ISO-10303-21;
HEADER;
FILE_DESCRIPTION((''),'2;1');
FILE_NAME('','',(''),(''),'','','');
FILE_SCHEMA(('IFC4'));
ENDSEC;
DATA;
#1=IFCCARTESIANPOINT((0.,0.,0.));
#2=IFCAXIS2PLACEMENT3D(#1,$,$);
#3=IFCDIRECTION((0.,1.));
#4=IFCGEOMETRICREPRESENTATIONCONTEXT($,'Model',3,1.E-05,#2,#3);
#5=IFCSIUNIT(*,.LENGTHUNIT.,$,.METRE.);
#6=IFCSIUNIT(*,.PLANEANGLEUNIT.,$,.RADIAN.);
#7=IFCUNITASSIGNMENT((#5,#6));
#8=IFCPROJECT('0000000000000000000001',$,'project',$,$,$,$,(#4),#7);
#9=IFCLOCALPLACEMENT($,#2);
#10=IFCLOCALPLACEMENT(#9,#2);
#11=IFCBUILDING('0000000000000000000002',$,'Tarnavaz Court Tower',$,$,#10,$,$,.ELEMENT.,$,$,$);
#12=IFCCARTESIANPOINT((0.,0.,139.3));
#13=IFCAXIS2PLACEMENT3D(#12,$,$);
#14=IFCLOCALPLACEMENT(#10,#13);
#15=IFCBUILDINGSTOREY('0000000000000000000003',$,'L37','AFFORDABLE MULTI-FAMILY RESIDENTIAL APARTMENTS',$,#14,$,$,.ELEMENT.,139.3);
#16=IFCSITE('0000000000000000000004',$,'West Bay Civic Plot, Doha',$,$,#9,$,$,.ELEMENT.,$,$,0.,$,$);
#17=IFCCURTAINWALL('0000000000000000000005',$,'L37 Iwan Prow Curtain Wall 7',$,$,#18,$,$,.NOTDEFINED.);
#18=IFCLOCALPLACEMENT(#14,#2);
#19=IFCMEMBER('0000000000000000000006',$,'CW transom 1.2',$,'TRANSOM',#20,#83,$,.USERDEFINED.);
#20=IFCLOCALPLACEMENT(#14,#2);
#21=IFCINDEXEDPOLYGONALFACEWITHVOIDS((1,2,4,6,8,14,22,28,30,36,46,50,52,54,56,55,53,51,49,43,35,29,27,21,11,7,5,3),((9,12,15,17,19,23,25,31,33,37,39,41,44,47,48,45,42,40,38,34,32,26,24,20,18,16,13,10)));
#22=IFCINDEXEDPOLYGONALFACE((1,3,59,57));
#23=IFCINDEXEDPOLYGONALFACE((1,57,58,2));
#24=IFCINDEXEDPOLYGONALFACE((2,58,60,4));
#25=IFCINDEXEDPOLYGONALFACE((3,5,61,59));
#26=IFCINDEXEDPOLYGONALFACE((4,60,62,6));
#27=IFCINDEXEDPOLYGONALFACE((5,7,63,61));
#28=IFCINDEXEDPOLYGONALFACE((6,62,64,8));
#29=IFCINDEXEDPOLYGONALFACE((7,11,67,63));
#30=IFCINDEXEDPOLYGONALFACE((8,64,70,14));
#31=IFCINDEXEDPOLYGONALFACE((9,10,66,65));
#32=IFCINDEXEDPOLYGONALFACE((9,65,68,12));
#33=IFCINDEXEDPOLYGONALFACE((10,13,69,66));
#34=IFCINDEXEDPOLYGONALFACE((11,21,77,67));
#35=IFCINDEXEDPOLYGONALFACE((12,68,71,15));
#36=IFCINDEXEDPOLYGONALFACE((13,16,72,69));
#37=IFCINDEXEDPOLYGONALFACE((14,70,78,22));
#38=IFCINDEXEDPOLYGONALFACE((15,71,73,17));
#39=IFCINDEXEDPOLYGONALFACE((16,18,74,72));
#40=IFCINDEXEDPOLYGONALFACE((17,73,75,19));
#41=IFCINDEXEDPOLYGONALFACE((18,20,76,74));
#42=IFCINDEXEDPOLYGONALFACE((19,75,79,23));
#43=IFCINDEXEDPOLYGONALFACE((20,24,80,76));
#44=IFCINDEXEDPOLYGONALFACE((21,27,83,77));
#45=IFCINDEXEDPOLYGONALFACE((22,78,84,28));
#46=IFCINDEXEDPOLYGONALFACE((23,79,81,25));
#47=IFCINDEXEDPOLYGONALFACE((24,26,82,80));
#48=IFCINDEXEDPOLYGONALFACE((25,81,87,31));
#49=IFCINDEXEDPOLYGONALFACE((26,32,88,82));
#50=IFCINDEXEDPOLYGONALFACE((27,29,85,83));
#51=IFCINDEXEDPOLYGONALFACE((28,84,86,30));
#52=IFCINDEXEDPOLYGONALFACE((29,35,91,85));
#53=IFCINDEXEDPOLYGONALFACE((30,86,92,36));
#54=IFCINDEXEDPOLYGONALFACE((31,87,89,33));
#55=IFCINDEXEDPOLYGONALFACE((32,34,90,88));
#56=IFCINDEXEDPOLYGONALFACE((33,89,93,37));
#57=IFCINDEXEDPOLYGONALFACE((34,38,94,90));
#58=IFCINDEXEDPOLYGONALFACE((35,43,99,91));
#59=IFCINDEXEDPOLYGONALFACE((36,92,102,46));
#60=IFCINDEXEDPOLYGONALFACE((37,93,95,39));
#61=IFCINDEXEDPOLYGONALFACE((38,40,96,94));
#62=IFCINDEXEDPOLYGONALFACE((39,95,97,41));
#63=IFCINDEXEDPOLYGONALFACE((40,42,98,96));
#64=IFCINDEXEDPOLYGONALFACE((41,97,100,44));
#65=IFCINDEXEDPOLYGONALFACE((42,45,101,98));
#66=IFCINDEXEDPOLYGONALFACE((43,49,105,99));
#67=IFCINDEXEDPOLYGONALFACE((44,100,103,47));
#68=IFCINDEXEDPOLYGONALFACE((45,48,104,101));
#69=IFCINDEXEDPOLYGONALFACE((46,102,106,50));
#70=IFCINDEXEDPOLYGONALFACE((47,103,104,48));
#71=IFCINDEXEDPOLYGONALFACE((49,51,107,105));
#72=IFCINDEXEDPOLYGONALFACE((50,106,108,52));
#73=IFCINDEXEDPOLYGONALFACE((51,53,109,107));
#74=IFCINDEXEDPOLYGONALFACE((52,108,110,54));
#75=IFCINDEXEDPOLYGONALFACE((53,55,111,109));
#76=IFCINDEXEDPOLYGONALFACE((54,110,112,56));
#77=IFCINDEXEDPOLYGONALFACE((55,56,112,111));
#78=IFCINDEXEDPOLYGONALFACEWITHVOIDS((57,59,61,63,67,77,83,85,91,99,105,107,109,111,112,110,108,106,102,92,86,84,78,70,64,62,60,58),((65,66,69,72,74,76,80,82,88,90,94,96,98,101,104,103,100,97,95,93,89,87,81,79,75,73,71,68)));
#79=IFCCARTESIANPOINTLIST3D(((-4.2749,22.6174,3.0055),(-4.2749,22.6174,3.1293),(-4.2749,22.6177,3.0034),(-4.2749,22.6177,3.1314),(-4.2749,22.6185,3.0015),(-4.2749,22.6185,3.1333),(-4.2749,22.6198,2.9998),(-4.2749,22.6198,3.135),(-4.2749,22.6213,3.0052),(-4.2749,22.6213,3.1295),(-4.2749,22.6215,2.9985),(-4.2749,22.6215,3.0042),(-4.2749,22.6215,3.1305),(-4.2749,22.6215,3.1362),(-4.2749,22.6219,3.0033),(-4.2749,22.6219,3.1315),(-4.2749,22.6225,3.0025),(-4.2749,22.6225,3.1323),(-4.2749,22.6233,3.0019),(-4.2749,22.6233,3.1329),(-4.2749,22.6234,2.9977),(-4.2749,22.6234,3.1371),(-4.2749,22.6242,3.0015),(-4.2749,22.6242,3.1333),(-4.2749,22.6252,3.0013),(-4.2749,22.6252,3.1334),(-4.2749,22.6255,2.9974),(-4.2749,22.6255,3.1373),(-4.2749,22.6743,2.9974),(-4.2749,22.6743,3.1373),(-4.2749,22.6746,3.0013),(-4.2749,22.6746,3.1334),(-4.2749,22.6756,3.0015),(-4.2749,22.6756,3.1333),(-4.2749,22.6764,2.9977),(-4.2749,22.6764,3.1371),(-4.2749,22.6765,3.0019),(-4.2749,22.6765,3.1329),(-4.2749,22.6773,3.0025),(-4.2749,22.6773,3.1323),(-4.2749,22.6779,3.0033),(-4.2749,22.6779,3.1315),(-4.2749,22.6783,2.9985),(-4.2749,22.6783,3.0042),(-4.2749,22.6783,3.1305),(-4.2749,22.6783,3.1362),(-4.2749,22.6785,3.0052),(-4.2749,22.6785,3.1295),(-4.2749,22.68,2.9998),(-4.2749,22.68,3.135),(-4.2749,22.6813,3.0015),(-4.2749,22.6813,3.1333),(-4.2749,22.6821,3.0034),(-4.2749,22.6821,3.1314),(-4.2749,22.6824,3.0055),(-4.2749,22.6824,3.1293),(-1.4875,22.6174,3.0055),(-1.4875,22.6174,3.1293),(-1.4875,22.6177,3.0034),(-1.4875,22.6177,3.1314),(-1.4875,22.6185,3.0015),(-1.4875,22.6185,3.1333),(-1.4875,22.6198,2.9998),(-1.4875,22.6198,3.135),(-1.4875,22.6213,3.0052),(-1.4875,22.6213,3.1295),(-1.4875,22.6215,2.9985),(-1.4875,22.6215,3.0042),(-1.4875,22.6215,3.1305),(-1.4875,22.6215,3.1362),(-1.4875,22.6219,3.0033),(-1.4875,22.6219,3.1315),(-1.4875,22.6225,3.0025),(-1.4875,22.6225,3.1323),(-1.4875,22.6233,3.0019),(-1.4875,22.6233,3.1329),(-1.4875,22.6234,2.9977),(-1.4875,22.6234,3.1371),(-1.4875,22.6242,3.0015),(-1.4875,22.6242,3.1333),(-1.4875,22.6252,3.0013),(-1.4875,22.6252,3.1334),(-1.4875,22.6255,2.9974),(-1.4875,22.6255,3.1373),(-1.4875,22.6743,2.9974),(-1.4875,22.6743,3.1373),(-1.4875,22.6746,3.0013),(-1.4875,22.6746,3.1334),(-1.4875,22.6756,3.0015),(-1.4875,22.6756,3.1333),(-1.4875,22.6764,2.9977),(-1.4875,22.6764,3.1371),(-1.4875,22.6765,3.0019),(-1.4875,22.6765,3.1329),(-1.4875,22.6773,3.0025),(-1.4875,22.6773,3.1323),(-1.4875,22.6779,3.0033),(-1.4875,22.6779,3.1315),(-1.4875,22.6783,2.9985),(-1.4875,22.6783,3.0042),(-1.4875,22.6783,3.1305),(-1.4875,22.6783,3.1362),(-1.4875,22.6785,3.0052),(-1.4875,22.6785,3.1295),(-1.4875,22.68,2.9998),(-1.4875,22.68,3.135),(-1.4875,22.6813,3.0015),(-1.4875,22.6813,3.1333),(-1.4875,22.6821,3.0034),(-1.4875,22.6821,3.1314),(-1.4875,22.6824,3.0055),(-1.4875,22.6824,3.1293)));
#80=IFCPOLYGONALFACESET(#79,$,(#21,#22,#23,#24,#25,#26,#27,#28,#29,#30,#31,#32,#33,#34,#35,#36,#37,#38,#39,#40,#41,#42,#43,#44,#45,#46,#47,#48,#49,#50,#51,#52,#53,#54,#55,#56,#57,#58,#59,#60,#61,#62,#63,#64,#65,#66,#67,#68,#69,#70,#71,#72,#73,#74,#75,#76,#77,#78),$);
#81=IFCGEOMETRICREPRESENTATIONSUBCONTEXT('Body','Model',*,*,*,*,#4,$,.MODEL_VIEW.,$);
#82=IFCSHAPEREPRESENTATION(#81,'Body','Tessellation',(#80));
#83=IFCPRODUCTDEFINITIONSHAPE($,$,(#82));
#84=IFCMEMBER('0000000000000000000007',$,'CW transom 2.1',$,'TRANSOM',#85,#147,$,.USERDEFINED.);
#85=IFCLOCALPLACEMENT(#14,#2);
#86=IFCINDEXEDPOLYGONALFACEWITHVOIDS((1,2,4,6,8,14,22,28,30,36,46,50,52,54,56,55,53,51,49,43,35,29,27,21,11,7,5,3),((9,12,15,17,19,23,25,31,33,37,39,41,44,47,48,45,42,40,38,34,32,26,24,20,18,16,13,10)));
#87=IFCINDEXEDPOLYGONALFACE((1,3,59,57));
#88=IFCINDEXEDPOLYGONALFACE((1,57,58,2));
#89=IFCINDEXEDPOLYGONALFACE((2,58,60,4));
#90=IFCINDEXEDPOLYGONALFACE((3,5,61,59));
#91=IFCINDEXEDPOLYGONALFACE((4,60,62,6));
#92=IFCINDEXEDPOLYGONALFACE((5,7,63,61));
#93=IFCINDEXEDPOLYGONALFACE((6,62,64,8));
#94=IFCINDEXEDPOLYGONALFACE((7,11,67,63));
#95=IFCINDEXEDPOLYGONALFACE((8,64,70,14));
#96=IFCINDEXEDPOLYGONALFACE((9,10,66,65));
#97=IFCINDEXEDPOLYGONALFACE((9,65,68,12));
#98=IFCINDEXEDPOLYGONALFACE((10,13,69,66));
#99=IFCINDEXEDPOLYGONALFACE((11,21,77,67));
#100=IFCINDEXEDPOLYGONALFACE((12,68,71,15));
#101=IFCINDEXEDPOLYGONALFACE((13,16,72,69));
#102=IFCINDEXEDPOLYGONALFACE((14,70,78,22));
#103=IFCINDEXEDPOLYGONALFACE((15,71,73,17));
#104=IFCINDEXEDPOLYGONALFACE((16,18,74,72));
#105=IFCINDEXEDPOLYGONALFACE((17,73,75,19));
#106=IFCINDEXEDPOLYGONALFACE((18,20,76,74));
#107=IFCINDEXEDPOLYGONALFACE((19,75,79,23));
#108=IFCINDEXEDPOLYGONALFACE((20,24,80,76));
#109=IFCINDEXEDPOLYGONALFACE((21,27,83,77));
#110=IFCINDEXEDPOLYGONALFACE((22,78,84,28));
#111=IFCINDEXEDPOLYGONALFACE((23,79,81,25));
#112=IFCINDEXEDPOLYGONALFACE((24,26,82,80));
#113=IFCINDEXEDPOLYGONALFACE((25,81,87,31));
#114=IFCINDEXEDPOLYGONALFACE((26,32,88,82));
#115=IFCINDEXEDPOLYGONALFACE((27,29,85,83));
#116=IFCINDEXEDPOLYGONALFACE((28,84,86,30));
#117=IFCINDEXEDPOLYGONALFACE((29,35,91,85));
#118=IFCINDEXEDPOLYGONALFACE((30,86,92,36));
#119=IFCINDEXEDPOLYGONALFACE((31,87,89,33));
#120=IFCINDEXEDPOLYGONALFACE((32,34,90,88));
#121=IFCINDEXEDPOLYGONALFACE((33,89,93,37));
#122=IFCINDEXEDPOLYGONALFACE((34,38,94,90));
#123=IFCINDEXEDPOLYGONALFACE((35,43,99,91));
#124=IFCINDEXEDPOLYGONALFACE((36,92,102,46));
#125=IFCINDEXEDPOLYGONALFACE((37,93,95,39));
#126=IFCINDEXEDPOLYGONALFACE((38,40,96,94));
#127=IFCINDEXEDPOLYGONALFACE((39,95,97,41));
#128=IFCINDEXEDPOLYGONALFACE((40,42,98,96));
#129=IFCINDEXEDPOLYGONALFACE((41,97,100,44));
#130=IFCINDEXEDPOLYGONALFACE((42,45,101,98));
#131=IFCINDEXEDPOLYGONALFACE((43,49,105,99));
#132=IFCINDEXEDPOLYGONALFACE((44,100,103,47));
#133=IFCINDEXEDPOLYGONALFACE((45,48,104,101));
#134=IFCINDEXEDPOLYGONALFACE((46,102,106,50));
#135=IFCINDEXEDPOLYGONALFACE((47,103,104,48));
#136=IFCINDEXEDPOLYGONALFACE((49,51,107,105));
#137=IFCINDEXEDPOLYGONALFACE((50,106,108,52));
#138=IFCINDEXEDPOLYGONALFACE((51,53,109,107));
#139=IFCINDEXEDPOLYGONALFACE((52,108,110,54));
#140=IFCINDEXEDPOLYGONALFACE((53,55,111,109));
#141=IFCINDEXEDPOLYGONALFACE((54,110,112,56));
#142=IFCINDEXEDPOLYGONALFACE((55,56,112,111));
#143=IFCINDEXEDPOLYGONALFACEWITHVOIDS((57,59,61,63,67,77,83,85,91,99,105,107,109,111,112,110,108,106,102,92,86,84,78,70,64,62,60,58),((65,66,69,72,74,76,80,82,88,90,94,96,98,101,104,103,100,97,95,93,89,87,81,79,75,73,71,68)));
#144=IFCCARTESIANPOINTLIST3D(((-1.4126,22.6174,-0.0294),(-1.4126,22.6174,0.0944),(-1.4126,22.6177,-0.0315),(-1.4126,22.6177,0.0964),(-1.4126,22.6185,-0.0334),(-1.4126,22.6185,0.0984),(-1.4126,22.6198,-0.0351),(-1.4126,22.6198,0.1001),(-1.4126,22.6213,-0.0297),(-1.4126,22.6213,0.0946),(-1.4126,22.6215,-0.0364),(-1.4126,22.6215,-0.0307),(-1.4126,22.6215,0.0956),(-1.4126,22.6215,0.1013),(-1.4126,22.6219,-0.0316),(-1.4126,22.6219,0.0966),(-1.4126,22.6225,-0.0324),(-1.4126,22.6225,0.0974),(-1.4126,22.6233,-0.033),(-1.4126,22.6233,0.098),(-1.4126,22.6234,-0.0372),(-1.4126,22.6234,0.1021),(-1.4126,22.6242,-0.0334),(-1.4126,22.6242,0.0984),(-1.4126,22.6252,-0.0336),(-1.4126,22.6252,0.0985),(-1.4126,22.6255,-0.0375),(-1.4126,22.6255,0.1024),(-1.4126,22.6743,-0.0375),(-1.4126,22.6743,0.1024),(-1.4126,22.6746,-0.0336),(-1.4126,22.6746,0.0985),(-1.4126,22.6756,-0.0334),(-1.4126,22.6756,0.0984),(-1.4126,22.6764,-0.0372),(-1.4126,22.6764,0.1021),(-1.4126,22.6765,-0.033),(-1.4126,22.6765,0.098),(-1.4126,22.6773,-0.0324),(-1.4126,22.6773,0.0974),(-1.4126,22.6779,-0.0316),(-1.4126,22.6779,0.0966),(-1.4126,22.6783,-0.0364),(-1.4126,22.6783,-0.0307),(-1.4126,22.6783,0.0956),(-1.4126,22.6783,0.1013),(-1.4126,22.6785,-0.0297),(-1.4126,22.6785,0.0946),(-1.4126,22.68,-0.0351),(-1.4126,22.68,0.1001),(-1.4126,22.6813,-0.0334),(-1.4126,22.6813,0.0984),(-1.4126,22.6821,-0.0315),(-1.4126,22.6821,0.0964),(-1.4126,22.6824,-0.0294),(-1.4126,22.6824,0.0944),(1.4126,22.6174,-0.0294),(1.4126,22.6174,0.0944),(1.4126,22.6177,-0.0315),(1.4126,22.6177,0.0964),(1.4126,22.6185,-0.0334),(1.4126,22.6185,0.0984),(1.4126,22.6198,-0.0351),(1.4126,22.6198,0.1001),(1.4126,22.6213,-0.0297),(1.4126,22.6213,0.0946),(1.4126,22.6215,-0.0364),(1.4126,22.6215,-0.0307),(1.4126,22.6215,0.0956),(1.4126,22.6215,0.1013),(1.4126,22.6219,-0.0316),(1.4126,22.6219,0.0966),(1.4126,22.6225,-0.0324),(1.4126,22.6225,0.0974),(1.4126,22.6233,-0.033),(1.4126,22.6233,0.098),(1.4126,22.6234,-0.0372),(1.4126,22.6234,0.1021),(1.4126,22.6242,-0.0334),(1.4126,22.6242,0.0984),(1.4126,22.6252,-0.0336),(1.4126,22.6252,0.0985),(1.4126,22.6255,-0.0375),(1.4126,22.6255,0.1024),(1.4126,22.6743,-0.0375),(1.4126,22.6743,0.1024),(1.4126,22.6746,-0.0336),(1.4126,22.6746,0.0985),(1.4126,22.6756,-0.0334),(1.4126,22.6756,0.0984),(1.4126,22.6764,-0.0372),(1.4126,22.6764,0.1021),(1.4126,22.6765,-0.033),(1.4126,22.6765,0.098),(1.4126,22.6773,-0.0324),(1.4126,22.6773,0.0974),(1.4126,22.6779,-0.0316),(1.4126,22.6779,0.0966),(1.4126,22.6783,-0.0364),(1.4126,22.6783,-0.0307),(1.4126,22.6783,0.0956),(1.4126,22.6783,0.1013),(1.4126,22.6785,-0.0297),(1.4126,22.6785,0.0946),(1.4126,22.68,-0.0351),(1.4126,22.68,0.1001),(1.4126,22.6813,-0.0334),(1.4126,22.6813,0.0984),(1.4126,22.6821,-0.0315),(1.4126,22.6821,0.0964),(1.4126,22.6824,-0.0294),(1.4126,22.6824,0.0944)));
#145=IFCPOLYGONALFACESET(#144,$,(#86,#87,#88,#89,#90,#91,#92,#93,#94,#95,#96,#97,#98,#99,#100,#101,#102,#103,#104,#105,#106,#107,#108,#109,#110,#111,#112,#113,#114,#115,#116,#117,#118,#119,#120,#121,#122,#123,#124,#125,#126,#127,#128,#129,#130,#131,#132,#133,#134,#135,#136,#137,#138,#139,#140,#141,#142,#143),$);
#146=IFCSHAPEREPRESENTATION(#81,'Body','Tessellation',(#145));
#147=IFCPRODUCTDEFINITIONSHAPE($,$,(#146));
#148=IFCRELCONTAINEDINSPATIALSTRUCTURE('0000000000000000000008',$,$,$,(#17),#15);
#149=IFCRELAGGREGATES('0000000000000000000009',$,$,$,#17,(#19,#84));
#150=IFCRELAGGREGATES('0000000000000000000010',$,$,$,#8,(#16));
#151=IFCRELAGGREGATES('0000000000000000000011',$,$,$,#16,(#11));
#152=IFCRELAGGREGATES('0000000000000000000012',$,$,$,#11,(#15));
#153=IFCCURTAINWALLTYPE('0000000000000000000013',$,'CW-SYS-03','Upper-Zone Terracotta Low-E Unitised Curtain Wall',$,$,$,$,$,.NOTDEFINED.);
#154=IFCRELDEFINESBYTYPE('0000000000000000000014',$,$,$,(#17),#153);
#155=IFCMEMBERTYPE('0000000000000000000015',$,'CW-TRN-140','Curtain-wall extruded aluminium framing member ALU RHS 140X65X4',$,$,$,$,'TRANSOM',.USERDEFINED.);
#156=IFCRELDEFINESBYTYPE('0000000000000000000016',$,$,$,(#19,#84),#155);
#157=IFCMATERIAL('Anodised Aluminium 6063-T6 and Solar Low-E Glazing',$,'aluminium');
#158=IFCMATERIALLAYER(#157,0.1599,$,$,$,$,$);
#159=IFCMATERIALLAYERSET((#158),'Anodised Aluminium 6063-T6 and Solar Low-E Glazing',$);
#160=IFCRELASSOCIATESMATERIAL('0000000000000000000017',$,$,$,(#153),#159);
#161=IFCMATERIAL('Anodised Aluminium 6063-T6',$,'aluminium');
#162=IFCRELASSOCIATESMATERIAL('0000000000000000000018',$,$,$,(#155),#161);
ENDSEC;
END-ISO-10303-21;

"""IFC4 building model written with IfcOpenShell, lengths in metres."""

from ifc_helpers import new_model, si_unit, direction, frame, origin, origin_2d, place, context, subcontext, project, spatial, hollow_rectangle, extrude, material, layer, layer_set, material_profile, profile_set, type_object, element, aggregate, save


model = new_model("IFC4")

# Units and contexts
model_context = context("Model", 3, precision=1e-05, world=origin(), true_north=direction((0.0, 1.0)))
body_context = subcontext(model_context, "Body", "Model", "MODEL_VIEW")
ifc_project = project(units=[si_unit("LENGTHUNIT", "METRE"), si_unit("PLANEANGLEUNIT", "RADIAN")], contexts=[model_context])

# Site, building, storey
site_placement = place(None, origin())
site = spatial("IfcSite", under=ifc_project, at=site_placement, Name="West Bay Civic Plot, Doha", CompositionType="ELEMENT", RefElevation=0.0)
building_placement = place(site_placement, origin())
building = spatial("IfcBuilding", under=site, at=building_placement, Name="Tarnavaz Court Tower", CompositionType="ELEMENT")
storey_placement = place(building_placement, frame((0.0, 0.0, 139.3)))
storey = spatial("IfcBuildingStorey", under=building, at=storey_placement, Name="L37", Description="AFFORDABLE MULTI-FAMILY RESIDENTIAL APARTMENTS", CompositionType="ELEMENT", Elevation=139.3)

# Curtain wall, members
ifc_material_1 = material(Name="Anodised Aluminium 6063-T6 and Solar Low-E Glazing", Category="aluminium")
ifc_layer_1 = layer(ifc_material_1, 0.1599)
ifc_layer_set_1 = layer_set([ifc_layer_1], Name="Anodised Aluminium 6063-T6 and Solar Low-E Glazing")
curtain_wall_type = type_object("IfcCurtainWallType", Name="CW-SYS-03", Description="Upper-Zone Terracotta Low-E Unitised Curtain Wall", PredefinedType="NOTDEFINED", material=ifc_layer_set_1)
curtain_wall_placement = place(storey_placement, origin())
curtain_wall = element("IfcCurtainWall", 1, at=curtain_wall_placement, inside=storey, type_object=curtain_wall_type, Name="L37 Iwan Prow Curtain Wall 7", PredefinedType="NOTDEFINED")
ifc_material_2 = material(Name="Anodised Aluminium 6063-T6", Category="aluminium")
ifc_material_profile_1 = material_profile(ifc_material_2, hollow_rectangle(XDim=0.0649, YDim=0.1399, WallThickness=0.0039, InnerFilletRadius=0.0039, OuterFilletRadius=0.0081, at=origin_2d()), Name="ALU RHS 140X65X4")
ifc_profile_set_1 = profile_set([ifc_material_profile_1], Name="Anodised Aluminium 6063-T6")
member_type_1 = type_object("IfcMemberType", Name="CW-TRN-140", Description="Curtain-wall extruded aluminium framing member ALU RHS 140X65X4", ElementType="TRANSOM", PredefinedType="USERDEFINED", material=ifc_profile_set_1)
member_1_placement = place(storey_placement, frame((-4.2749, 22.6499, 3.0674), z_axis=(1.0, 0.0, 0.0), x_axis=(0.0, 1.0, 0.0)))
member_1 = element("IfcMember", 2, at=member_1_placement, type_object=member_type_1, Name="CW transom 1.2", ObjectType="TRANSOM", PredefinedType="USERDEFINED", context=body_context, shape_type="SweptSolid", body=[
    extrude(hollow_rectangle(XDim=0.0649, YDim=0.1399, WallThickness=0.0039, InnerFilletRadius=0.0039, OuterFilletRadius=0.0081, at=origin_2d()), origin(), (0.0, 0.0, 1.0), 2.7874),
])
member_2_placement = place(storey_placement, frame((-1.4126, 22.6499, 0.0325), z_axis=(1.0, 0.0, 0.0), x_axis=(0.0, 1.0, 0.0)))
member_2 = element("IfcMember", 3, at=member_2_placement, type_object=member_type_1, Name="CW transom 2.1", ObjectType="TRANSOM", PredefinedType="USERDEFINED", context=body_context, shape_type="SweptSolid", body=[
    extrude(hollow_rectangle(XDim=0.0649, YDim=0.1399, WallThickness=0.0039, InnerFilletRadius=0.0039, OuterFilletRadius=0.0081, at=origin_2d()), origin(), (0.0, 0.0, 1.0), 2.8252),
])
aggregate(curtain_wall, [member_1, member_2])

save(model, "model.ifc")
